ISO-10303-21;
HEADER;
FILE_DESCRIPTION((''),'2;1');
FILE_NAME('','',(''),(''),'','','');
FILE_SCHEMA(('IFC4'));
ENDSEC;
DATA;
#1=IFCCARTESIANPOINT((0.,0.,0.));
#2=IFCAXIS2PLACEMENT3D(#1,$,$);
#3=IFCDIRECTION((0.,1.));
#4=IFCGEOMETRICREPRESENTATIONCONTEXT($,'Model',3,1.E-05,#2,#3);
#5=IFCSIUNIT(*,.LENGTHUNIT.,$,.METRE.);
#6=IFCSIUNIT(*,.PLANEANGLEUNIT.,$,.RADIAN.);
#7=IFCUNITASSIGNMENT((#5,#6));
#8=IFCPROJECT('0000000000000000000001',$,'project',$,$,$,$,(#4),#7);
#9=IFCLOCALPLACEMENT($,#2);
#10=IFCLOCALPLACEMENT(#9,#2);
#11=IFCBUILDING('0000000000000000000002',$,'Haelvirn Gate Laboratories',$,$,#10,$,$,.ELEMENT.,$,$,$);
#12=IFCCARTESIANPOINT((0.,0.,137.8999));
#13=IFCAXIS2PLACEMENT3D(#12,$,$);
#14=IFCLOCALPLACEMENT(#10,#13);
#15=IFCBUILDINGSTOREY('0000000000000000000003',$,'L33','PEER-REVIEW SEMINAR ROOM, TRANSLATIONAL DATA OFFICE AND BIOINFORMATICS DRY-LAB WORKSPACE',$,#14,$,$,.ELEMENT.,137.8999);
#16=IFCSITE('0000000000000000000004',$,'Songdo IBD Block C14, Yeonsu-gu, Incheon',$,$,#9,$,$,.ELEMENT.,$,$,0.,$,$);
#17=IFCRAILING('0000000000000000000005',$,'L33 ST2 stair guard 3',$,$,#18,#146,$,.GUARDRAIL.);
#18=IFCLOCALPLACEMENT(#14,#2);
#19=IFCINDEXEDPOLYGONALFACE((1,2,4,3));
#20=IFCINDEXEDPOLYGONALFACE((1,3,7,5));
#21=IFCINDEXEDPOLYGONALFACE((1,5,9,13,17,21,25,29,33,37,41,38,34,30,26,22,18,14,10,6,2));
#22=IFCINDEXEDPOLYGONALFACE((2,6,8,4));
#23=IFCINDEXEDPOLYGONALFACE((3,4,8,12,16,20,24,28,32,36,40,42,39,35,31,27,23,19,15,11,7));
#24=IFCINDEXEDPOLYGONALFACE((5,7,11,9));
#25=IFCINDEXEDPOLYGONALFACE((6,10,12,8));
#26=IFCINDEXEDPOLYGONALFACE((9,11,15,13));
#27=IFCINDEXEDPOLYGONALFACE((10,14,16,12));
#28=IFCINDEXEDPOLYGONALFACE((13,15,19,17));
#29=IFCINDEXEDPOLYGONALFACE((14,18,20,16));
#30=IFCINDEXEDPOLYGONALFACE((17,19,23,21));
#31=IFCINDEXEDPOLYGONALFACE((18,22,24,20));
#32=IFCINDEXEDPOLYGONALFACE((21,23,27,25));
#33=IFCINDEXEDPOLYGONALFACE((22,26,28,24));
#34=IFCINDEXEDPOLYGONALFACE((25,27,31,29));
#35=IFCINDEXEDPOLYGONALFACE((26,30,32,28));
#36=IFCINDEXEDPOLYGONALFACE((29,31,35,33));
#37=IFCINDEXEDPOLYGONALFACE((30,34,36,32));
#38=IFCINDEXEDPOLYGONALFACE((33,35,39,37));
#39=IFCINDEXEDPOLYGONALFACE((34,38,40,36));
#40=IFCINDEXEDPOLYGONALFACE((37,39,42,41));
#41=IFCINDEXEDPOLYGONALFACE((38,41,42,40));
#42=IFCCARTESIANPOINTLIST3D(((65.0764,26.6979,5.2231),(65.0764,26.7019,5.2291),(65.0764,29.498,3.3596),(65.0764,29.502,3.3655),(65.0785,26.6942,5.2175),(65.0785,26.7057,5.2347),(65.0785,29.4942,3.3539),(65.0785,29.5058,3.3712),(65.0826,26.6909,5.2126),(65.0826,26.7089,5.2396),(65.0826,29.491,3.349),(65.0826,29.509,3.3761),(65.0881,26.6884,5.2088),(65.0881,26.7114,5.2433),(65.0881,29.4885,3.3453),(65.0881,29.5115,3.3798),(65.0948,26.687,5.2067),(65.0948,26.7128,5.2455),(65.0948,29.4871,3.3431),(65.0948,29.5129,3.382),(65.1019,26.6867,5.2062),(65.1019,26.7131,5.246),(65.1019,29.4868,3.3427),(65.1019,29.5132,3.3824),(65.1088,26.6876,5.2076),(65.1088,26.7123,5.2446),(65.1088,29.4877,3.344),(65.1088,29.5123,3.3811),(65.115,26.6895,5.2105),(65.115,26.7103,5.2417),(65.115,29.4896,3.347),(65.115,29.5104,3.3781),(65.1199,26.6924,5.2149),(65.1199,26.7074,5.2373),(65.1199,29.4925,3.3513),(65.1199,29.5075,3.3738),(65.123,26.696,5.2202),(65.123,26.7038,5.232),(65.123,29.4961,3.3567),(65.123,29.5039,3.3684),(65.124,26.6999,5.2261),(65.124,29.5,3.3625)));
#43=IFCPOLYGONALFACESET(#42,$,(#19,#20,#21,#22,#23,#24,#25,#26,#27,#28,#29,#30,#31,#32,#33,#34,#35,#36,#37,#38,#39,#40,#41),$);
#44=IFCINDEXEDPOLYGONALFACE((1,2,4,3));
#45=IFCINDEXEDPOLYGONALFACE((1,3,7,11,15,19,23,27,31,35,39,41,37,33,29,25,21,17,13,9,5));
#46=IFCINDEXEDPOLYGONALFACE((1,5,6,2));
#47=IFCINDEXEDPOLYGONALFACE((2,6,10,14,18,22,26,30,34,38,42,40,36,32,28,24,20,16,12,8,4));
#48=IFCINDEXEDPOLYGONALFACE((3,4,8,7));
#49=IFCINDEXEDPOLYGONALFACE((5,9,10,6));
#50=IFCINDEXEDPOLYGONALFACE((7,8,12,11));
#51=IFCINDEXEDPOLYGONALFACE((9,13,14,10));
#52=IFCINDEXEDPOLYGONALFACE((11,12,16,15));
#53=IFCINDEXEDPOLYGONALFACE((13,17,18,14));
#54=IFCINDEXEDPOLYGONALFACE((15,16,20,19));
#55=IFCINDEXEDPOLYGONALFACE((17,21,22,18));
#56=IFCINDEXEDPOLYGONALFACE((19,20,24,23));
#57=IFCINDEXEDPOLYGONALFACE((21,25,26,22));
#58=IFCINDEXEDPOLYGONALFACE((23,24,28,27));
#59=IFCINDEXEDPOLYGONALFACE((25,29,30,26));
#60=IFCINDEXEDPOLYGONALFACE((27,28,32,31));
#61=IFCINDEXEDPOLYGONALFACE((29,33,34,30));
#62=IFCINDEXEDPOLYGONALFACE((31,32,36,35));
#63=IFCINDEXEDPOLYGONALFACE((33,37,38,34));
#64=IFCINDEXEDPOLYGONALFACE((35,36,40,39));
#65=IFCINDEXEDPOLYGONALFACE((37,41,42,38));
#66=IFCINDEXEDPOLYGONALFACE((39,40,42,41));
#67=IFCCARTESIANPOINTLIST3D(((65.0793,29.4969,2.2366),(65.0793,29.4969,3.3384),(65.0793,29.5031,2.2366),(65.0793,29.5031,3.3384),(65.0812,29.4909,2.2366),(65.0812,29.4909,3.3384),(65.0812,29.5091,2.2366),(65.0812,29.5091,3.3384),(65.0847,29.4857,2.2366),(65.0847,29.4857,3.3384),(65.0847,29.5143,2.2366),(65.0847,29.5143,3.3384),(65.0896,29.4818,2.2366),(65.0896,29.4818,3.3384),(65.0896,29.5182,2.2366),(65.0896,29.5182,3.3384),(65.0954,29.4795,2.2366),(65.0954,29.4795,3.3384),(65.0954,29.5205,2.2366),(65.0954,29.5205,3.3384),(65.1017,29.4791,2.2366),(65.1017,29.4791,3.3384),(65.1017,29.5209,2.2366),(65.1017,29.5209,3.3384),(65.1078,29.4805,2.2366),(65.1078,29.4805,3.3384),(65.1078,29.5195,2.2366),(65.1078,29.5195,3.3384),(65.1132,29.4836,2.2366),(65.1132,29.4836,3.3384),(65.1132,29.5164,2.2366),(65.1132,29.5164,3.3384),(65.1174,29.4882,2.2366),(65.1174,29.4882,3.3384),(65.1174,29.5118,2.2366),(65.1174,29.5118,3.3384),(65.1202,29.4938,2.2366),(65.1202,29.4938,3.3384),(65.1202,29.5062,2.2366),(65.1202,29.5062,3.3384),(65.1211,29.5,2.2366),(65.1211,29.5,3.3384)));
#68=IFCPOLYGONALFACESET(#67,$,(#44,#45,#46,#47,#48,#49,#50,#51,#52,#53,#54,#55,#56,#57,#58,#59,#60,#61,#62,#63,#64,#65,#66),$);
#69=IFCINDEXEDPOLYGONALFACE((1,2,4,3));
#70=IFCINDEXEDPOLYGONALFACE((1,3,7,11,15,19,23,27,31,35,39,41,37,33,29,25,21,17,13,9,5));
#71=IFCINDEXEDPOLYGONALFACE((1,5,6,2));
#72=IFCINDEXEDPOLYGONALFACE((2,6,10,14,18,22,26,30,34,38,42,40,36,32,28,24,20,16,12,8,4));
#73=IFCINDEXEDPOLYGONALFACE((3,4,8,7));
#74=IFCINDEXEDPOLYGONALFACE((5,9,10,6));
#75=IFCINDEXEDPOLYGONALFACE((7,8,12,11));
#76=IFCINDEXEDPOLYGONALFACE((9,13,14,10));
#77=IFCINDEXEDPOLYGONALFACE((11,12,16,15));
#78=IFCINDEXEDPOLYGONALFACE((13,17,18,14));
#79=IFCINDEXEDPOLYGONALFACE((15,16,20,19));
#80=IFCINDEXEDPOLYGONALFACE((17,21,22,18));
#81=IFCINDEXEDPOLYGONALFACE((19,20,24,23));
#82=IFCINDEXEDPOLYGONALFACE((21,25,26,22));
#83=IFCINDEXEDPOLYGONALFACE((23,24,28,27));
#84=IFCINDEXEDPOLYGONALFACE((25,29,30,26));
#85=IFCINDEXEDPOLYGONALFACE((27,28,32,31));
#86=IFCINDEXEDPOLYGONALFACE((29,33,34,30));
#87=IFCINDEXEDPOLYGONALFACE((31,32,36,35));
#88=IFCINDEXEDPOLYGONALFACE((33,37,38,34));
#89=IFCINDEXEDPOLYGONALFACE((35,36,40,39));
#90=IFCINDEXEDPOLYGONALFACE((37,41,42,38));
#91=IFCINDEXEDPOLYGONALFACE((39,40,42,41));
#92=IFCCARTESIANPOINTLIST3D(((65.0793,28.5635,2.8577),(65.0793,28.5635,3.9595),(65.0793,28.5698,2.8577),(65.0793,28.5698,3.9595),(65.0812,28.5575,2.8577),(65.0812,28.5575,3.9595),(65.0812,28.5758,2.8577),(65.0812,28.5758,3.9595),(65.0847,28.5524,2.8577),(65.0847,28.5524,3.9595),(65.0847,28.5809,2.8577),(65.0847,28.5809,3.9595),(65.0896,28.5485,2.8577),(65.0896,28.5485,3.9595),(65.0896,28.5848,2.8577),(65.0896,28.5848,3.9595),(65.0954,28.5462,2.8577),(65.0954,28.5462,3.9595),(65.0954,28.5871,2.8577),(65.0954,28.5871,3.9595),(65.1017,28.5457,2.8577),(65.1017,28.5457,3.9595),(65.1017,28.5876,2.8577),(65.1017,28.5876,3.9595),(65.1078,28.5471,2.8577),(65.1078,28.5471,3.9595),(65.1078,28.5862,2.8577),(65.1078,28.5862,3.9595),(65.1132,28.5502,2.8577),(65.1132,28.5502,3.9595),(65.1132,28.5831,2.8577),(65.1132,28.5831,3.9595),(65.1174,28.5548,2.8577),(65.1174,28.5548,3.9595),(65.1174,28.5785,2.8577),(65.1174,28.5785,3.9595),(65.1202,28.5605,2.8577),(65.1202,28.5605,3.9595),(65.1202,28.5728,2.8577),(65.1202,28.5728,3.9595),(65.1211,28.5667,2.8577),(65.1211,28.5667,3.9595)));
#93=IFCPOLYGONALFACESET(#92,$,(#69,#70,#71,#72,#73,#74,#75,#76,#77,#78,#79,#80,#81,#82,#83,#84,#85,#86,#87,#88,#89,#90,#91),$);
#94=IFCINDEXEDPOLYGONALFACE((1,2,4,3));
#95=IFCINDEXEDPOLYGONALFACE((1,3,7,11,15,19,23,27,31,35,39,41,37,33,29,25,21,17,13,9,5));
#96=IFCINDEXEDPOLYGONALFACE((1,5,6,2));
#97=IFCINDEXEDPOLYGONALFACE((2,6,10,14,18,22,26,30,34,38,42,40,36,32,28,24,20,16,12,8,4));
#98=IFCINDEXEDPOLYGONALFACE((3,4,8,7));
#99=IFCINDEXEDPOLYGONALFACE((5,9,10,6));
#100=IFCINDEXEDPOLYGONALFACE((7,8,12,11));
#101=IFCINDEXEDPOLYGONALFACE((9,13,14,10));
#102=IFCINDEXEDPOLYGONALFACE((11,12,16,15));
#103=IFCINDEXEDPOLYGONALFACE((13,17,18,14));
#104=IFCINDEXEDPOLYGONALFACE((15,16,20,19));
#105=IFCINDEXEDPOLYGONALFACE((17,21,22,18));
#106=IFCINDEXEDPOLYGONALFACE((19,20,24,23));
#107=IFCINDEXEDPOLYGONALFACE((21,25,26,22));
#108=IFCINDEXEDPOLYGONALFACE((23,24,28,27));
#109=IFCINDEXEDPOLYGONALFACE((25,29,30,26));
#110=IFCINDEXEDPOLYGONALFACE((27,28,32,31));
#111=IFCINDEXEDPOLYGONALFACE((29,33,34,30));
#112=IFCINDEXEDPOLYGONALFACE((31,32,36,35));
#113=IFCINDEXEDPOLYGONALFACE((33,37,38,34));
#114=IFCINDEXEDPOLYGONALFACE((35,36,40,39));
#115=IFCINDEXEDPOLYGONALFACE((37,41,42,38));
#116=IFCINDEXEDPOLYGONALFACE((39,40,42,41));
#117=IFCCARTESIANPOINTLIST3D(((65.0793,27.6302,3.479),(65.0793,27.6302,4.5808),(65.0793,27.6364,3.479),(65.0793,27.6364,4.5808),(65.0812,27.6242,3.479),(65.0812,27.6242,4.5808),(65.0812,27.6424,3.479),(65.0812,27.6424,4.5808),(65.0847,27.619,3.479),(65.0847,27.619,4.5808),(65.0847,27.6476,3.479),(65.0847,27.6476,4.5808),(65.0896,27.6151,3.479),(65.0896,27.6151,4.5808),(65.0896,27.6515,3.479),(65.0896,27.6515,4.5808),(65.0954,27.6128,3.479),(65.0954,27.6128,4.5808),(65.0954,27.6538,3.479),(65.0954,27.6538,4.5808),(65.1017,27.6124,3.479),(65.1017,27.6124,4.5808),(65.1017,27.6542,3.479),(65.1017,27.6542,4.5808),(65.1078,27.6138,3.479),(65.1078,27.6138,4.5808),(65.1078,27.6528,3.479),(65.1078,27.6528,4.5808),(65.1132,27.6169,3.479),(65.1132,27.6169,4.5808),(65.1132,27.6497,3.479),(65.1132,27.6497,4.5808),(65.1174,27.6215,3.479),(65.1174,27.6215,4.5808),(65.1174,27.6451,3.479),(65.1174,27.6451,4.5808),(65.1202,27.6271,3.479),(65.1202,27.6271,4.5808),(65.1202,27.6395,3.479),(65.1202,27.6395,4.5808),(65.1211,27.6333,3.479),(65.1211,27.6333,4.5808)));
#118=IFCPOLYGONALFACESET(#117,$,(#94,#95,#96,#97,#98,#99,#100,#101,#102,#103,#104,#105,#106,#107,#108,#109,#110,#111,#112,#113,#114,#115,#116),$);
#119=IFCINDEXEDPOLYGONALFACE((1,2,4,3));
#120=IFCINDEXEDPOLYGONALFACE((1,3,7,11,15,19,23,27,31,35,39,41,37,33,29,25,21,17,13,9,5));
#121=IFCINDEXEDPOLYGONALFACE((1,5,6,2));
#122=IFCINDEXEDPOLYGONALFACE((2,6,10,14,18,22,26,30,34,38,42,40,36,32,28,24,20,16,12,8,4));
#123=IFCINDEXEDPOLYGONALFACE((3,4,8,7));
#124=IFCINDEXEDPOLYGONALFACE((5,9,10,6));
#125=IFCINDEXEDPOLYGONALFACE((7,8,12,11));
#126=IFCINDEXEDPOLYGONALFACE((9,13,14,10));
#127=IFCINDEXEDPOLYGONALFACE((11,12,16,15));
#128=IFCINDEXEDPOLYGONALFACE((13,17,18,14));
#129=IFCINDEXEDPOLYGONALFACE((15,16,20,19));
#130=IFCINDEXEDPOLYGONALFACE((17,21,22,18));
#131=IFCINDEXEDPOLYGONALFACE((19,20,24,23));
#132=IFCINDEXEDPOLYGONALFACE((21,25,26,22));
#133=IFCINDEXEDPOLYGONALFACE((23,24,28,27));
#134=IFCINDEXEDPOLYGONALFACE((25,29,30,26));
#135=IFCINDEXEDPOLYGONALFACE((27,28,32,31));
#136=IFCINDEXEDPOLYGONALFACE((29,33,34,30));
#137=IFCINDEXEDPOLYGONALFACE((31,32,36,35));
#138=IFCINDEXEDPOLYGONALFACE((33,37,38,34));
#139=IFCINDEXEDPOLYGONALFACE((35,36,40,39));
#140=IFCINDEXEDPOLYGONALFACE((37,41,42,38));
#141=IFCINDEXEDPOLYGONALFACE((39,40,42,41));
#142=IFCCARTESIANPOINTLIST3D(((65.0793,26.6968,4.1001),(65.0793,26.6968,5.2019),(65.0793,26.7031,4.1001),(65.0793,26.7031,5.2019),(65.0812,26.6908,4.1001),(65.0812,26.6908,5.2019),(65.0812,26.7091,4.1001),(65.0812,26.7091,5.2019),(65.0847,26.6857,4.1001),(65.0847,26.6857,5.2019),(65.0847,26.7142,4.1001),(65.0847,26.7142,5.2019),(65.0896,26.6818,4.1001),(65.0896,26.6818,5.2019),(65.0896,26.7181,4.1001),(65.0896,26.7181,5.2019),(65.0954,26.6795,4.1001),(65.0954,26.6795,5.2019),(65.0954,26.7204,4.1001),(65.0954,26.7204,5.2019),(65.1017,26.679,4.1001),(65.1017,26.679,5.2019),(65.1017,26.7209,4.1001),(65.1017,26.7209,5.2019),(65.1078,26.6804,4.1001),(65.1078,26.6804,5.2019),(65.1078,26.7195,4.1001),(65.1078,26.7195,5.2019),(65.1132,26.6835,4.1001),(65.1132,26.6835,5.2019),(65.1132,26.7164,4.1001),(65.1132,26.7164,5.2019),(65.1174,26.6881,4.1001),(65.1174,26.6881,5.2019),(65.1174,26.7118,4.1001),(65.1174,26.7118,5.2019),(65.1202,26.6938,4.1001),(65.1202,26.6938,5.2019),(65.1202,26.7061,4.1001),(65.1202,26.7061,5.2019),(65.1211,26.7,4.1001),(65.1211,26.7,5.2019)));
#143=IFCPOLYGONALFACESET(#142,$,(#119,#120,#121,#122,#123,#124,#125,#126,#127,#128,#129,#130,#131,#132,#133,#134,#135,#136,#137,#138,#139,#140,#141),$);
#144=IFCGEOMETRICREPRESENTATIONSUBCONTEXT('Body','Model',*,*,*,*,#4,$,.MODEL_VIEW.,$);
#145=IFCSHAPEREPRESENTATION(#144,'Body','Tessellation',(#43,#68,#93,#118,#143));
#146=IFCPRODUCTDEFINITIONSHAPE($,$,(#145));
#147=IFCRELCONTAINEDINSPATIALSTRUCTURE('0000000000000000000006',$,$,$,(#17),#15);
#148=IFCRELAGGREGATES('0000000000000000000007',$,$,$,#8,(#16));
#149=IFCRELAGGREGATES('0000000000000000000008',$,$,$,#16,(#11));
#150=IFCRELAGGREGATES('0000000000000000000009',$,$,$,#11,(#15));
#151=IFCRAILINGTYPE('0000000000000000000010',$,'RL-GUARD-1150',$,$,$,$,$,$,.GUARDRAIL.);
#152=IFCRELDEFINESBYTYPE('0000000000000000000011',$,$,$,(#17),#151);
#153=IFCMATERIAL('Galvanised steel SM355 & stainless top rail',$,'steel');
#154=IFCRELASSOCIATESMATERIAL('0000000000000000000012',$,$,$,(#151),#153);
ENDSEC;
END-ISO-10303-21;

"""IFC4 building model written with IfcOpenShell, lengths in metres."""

from ifc_helpers import new_model, si_unit, direction, frame, origin, origin_2d, place, context, subcontext, project, spatial, circle, extrude, source, transform, mapped, material, type_object, element, save


model = new_model("IFC4")

# Units and contexts
model_context = context("Model", 3, precision=1e-05, world=origin(), true_north=direction((0.0, 1.0)))
body_context = subcontext(model_context, "Body", "Model", "MODEL_VIEW")
ifc_project = project(units=[si_unit("LENGTHUNIT", "METRE"), si_unit("PLANEANGLEUNIT", "RADIAN")], contexts=[model_context])

# Site, building, storey
site_placement = place(None, origin())
site = spatial("IfcSite", under=ifc_project, at=site_placement, Name="Songdo IBD Block C14, Yeonsu-gu, Incheon", CompositionType="ELEMENT", RefElevation=0.0)
building_placement = place(site_placement, origin())
building = spatial("IfcBuilding", under=site, at=building_placement, Name="Haelvirn Gate Laboratories", CompositionType="ELEMENT")
storey_placement = place(building_placement, frame((0.0, 0.0, 137.8999)))
storey = spatial("IfcBuildingStorey", under=building, at=storey_placement, Name="L33", Description="PEER-REVIEW SEMINAR ROOM, TRANSLATIONAL DATA OFFICE AND BIOINFORMATICS DRY-LAB WORKSPACE", CompositionType="ELEMENT", Elevation=137.8999)

# Railing
ifc_material_1 = material(Name="Galvanised steel SM355 & stainless top rail", Category="steel")
railing_type_1 = type_object("IfcRailingType", Name="RL-GUARD-1150", PredefinedType="GUARDRAIL", material=ifc_material_1)
shared_shape_1 = source(origin(), body_context, "Body", "SweptSolid", [
    extrude(circle(Radius=0.0239, at=origin_2d()), frame((0.0, 0.0, 1.126), z_axis=(0.0, -0.832486, 0.554047), x_axis=(1.0, 0.0, 0.0)), (0.0, 0.0, 1.0), 3.3635),
    extrude(circle(Radius=0.021, at=origin_2d()), origin(), (0.0, 0.0, 1.0), 1.1018),
    extrude(circle(Radius=0.021, at=origin_2d()), frame((0.0, -0.9333, 0.6211)), (0.0, 0.0, 1.0), 1.1018),
    extrude(circle(Radius=0.021, at=origin_2d()), frame((0.0, -1.8667, 1.2424)), (0.0, 0.0, 1.0), 1.1018),
    extrude(circle(Radius=0.021, at=origin_2d()), frame((0.0, -2.8, 1.8635)), (0.0, 0.0, 1.0), 1.1018),
])
railing_1_placement = place(storey_placement, frame((65.1001, 29.5, 2.2366)))
element("IfcRailing", 1, at=railing_1_placement, inside=storey, type_object=railing_type_1, Name="L33 ST2 stair guard 3", PredefinedType="GUARDRAIL", context=body_context, shape_type="MappedRepresentation", body=[
    mapped(shared_shape_1, transform((0.0, 0.0, 0.0), scale=1.0)),
])

save(model, "model.ifc")
